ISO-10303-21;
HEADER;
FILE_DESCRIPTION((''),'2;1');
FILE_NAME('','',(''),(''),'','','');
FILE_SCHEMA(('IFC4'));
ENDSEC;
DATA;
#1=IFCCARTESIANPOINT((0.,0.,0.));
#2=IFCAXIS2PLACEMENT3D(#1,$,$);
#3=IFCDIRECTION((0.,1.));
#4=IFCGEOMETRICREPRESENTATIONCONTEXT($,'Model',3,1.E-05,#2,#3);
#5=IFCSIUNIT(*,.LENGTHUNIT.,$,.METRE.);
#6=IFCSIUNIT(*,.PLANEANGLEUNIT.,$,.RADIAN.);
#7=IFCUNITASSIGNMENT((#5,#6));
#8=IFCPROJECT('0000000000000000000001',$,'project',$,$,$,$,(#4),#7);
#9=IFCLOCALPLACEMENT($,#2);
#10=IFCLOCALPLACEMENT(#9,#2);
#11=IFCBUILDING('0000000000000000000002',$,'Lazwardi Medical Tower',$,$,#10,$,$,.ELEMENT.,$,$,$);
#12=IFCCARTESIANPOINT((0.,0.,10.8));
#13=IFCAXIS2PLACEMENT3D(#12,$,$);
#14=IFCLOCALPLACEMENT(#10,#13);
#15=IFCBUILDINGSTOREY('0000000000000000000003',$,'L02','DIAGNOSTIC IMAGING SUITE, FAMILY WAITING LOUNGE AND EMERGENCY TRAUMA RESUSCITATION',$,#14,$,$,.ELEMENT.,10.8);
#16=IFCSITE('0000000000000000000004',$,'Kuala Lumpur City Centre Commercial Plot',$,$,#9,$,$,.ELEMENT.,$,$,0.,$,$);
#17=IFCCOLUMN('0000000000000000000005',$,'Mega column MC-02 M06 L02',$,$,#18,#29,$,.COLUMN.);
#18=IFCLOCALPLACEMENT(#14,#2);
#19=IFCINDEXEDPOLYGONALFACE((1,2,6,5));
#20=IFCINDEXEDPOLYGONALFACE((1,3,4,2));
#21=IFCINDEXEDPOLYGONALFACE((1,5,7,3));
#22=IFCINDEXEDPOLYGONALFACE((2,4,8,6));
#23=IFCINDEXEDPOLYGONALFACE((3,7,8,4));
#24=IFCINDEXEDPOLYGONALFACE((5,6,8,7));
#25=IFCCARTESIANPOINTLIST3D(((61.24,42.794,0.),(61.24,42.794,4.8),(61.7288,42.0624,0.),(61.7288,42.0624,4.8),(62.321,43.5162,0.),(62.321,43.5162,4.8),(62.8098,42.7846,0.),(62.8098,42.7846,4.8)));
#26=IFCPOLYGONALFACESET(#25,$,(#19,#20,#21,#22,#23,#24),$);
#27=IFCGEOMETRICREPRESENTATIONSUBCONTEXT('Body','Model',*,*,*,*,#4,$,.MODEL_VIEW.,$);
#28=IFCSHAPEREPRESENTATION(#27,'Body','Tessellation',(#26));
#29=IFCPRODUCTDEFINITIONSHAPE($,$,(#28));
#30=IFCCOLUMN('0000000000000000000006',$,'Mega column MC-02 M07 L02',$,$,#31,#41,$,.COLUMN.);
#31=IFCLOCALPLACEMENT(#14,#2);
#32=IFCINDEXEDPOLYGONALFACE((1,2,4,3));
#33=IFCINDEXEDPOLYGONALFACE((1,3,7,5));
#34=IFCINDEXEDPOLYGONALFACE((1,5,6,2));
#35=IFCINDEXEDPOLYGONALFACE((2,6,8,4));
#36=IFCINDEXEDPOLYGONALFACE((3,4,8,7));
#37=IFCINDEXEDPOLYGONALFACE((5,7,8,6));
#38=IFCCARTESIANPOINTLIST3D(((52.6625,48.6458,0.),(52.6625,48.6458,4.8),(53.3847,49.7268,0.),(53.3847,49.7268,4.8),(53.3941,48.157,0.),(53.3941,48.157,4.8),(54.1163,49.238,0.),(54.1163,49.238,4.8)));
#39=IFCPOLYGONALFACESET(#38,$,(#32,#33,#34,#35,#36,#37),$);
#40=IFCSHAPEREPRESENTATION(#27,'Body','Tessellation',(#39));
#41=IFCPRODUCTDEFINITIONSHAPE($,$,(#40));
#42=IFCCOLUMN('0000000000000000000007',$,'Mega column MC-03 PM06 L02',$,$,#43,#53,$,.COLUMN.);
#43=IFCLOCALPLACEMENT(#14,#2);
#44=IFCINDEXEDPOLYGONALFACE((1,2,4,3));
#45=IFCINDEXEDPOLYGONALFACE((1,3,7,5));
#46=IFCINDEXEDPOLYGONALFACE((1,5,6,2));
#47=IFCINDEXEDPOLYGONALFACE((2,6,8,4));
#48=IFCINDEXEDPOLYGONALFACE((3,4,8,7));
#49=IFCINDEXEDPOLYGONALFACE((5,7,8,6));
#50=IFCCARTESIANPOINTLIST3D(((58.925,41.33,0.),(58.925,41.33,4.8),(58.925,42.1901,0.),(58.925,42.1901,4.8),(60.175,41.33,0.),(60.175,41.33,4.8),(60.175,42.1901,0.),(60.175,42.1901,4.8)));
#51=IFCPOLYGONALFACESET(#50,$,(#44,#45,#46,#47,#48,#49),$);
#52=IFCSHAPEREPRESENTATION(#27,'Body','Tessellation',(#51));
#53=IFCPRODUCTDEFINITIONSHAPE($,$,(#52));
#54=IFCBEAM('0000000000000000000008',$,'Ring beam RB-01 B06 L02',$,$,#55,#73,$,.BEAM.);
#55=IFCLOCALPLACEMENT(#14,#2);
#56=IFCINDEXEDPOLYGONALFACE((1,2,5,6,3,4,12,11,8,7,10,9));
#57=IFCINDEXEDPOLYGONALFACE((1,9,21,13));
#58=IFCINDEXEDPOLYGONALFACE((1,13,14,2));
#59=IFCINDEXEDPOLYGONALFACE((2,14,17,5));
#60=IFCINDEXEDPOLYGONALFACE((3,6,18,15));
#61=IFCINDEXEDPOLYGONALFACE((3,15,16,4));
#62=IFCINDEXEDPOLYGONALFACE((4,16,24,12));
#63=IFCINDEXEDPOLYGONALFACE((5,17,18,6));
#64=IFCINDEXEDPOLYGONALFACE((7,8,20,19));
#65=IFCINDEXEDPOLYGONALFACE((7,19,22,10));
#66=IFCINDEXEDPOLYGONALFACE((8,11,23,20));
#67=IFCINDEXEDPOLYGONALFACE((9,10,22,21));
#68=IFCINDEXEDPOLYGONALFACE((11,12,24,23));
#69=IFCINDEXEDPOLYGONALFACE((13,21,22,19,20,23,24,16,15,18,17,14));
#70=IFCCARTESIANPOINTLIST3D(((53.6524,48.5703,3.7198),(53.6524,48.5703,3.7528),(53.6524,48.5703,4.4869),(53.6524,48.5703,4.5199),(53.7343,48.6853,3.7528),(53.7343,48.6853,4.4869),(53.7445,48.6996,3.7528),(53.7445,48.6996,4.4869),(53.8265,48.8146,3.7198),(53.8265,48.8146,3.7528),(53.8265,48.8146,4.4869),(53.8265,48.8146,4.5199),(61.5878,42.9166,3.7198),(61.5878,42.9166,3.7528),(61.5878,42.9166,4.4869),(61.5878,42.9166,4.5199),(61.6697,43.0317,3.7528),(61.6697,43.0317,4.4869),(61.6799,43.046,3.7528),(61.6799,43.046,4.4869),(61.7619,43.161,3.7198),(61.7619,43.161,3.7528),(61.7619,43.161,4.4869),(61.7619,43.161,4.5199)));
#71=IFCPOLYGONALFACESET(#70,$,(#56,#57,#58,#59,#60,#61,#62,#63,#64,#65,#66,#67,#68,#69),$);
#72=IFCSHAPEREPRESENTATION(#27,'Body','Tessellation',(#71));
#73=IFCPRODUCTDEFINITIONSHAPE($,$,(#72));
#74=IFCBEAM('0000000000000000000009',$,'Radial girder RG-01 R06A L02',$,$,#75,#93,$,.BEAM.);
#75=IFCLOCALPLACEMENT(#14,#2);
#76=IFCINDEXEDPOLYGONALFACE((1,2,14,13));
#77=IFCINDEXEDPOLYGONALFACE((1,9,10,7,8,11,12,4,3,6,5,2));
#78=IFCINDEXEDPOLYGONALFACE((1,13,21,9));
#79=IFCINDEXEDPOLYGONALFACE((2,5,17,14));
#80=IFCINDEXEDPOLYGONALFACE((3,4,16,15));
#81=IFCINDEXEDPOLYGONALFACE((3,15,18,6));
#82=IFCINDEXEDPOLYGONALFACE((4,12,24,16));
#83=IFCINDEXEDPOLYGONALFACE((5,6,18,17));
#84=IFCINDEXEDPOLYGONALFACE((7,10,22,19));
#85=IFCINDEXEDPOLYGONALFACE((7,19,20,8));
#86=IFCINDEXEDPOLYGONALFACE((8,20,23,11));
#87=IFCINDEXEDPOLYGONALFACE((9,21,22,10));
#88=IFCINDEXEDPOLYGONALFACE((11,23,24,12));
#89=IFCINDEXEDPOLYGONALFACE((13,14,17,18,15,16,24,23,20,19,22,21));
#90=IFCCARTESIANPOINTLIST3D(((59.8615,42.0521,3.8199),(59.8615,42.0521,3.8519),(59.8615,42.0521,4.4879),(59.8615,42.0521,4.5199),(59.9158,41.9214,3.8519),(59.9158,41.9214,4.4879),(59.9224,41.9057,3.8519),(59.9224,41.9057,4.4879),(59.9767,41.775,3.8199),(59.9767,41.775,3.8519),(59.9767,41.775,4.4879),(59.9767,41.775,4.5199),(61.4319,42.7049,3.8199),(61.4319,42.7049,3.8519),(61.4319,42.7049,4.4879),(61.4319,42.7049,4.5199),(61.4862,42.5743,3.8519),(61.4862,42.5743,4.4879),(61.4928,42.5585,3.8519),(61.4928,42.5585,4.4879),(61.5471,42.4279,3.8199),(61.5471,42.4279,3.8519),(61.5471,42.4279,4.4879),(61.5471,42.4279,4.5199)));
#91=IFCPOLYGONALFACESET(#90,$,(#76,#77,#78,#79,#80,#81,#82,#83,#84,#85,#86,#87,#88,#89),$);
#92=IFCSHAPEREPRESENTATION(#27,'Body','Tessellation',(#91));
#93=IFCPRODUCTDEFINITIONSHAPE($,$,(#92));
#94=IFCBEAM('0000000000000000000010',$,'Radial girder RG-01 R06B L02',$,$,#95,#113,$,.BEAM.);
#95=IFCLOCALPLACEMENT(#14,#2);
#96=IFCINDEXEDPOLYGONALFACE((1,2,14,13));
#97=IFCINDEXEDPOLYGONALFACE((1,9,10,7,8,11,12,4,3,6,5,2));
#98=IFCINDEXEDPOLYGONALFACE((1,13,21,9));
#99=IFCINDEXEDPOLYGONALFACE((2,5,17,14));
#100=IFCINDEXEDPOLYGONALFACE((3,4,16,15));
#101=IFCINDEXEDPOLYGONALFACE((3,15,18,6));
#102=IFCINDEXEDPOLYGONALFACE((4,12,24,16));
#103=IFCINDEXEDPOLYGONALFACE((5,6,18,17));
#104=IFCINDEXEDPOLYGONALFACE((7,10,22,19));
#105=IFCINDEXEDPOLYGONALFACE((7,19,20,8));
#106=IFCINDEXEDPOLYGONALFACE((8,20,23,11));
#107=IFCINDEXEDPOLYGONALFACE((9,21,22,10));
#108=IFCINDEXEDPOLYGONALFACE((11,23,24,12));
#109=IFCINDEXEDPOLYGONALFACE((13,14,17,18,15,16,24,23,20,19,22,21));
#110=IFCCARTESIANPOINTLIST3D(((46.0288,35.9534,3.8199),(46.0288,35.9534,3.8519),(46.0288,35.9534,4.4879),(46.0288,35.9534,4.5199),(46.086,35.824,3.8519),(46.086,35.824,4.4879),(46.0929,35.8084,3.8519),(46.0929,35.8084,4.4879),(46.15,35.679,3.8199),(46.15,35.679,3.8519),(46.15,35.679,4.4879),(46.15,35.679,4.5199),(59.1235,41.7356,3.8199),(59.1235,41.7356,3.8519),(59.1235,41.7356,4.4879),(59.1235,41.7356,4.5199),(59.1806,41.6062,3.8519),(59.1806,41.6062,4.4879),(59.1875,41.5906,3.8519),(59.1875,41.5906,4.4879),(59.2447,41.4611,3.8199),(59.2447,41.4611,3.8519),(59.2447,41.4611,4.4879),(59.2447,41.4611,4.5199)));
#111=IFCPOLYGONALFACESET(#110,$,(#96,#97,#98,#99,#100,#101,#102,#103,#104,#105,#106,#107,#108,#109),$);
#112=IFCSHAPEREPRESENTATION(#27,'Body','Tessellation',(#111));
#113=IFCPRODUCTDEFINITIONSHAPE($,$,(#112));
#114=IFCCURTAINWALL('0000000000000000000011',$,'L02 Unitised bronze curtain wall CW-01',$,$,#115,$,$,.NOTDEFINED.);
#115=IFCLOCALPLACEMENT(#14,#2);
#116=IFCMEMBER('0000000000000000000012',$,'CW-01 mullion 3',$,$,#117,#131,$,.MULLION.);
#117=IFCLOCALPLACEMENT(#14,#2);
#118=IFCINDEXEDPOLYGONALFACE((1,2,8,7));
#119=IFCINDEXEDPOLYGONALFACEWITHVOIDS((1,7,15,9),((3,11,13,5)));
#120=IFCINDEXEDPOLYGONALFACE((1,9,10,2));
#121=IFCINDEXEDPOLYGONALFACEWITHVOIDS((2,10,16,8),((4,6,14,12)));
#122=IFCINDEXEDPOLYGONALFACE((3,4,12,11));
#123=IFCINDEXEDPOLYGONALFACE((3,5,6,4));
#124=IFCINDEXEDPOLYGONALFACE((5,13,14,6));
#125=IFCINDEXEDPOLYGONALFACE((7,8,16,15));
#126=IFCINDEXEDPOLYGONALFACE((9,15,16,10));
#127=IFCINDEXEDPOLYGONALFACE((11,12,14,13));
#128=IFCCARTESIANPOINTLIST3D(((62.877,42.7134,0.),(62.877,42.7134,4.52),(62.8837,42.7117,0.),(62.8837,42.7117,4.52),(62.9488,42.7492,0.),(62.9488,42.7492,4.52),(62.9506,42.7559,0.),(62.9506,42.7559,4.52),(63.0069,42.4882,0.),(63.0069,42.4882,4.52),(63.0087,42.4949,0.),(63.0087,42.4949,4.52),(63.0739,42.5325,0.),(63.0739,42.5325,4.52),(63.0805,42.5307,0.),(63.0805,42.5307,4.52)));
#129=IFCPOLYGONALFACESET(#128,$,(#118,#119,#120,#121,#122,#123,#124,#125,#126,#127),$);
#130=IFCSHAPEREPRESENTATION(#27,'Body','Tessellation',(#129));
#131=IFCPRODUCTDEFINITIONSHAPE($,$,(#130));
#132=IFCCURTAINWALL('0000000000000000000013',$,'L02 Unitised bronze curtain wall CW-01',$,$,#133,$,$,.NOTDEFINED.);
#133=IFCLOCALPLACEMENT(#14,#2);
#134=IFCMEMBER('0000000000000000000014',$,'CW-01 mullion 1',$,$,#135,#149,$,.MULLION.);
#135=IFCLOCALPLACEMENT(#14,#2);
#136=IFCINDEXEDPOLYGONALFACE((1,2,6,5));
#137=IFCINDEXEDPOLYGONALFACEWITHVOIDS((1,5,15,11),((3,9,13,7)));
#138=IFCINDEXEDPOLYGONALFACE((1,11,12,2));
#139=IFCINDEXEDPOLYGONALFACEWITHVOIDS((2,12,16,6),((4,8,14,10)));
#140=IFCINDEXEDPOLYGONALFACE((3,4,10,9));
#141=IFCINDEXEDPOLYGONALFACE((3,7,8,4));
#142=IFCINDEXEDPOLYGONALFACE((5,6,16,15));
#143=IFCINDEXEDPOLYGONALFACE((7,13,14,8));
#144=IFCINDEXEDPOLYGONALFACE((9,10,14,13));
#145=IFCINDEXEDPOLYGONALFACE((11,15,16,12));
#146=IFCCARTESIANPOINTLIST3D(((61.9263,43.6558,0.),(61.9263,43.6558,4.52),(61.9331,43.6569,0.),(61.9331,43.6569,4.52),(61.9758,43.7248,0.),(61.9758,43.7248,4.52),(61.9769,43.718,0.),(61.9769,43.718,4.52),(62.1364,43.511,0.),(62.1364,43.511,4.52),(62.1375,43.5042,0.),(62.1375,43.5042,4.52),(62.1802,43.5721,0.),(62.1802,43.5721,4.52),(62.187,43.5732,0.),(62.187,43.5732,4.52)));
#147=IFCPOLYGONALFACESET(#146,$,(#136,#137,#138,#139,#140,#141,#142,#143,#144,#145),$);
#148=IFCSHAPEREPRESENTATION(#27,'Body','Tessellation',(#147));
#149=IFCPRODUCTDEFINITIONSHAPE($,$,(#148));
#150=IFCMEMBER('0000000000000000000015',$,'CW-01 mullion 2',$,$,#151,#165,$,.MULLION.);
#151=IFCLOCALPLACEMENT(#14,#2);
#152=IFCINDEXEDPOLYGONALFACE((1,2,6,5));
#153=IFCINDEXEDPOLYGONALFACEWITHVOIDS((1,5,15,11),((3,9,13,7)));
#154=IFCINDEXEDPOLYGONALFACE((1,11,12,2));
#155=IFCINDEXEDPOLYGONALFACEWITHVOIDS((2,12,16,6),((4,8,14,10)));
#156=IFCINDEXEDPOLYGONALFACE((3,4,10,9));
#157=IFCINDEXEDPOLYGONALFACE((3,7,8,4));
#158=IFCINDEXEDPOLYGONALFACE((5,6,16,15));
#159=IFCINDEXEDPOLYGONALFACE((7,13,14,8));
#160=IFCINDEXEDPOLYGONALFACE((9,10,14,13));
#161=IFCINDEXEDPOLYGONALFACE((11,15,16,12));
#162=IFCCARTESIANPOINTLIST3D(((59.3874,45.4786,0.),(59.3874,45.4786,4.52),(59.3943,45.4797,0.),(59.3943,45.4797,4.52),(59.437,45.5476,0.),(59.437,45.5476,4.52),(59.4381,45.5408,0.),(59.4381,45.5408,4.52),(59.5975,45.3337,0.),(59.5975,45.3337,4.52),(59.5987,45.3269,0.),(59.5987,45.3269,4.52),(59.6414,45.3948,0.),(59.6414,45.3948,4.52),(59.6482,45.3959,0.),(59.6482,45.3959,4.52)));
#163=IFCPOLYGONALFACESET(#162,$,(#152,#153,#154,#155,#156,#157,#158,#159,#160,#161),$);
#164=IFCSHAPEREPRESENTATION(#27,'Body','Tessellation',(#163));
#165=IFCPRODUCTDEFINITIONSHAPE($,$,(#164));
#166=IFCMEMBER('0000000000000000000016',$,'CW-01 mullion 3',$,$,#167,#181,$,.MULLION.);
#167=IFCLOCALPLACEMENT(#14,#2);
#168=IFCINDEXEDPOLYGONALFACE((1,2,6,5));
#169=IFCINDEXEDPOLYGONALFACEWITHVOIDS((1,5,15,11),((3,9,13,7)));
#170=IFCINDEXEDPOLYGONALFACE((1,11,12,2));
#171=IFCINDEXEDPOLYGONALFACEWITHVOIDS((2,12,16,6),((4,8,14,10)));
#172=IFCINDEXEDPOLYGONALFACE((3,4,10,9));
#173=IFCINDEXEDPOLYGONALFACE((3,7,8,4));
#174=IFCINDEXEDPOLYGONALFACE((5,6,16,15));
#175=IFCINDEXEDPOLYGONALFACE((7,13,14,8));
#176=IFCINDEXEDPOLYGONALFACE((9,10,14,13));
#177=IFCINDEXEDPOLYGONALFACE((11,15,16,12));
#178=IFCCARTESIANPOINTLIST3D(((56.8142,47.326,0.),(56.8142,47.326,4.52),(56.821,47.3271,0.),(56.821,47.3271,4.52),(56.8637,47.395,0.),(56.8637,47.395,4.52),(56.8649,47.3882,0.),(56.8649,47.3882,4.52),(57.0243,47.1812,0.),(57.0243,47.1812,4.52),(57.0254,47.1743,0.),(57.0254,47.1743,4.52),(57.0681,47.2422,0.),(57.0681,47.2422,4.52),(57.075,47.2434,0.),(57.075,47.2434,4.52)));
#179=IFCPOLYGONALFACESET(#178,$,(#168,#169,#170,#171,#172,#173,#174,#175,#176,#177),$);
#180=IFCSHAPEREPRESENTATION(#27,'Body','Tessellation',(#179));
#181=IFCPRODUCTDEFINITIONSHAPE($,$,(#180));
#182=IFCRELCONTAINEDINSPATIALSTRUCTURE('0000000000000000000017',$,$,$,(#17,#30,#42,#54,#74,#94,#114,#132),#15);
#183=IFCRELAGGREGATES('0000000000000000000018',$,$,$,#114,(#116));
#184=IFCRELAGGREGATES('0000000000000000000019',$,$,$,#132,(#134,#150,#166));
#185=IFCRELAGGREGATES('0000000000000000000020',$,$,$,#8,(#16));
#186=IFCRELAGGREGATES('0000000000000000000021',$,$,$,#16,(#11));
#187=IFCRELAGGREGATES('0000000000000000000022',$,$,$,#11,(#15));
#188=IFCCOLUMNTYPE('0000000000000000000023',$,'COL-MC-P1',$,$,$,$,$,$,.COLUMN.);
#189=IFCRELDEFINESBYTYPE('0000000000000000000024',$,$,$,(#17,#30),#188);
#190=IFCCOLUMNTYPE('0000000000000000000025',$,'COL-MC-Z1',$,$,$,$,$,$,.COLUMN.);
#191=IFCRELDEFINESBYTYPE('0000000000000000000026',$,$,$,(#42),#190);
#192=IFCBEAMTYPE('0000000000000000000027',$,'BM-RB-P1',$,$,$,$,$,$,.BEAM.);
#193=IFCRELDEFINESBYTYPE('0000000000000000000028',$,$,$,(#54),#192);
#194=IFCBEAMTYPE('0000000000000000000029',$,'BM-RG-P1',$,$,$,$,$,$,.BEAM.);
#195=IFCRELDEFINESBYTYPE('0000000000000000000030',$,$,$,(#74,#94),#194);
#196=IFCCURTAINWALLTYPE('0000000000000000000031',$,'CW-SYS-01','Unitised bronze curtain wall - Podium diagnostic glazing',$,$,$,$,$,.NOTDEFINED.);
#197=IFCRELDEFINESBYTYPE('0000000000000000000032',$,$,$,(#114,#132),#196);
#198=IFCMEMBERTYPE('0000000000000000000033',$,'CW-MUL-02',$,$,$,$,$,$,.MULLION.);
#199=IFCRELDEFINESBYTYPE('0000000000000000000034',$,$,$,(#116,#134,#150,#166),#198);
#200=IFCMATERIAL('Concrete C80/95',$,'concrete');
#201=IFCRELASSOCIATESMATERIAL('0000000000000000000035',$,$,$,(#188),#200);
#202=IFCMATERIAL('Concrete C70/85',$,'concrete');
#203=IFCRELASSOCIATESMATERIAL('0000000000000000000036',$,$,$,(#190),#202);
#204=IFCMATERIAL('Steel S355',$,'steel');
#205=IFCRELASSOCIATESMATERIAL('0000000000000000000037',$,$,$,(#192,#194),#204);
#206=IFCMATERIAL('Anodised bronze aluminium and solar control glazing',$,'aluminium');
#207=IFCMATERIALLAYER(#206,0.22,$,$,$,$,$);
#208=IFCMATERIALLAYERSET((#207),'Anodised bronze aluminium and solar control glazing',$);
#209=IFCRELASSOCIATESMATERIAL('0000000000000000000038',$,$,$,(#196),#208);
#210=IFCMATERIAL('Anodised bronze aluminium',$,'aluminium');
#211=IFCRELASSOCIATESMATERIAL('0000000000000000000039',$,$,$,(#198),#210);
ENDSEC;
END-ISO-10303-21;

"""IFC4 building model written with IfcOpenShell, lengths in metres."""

from ifc_helpers import new_model, si_unit, direction, frame, origin, origin_2d, place, context, subcontext, project, spatial, rectangle, hollow_rectangle, i_section, extrude, material, layer, layer_set, material_profile, profile_set, type_object, element, aggregate, save


model = new_model("IFC4")

# Units and contexts
model_context = context("Model", 3, precision=1e-05, world=origin(), true_north=direction((0.0, 1.0)))
body_context = subcontext(model_context, "Body", "Model", "MODEL_VIEW")
ifc_project = project(units=[si_unit("LENGTHUNIT", "METRE"), si_unit("PLANEANGLEUNIT", "RADIAN")], contexts=[model_context])

# Site, building, storey
site_placement = place(None, origin())
site = spatial("IfcSite", under=ifc_project, at=site_placement, Name="Kuala Lumpur City Centre Commercial Plot", CompositionType="ELEMENT", RefElevation=0.0)
building_placement = place(site_placement, origin())
building = spatial("IfcBuilding", under=site, at=building_placement, Name="Lazwardi Medical Tower", CompositionType="ELEMENT")
storey_placement = place(building_placement, frame((0.0, 0.0, 10.8)))
storey = spatial("IfcBuildingStorey", under=building, at=storey_placement, Name="L02", Description="DIAGNOSTIC IMAGING SUITE, FAMILY WAITING LOUNGE AND EMERGENCY TRAUMA RESUSCITATION", CompositionType="ELEMENT", Elevation=10.8)

# Columns
ifc_material_1 = material(Name="Concrete C80/95", Category="concrete")
ifc_material_profile_1 = material_profile(ifc_material_1, rectangle(XDim=1.3, YDim=0.8799, at=origin_2d()), Name="CFT-RECT 1300x880")
ifc_profile_set_1 = profile_set([ifc_material_profile_1], Name="Concrete C80/95")
column_type_1 = type_object("IfcColumnType", Name="COL-MC-P1", PredefinedType="COLUMN", material=ifc_profile_set_1)
for number, where, z_axis, x_axis, name in (
    (1, (62.0249, 42.7893, 0.0), (0.0, 0.0, 1.0), (0.83147, 0.55557, 0.0), "Mega column MC-02 M06 L02"),
    (2, (53.3894, 48.9419, 0.0), (0.0, 0.0, 1.0), (0.55557, 0.83147, 0.0), "Mega column MC-02 M07 L02"),
):
    element("IfcColumn", number, at=place(storey_placement, frame(where, z_axis=z_axis, x_axis=x_axis)), inside=storey, type_object=column_type_1, Name=name, PredefinedType="COLUMN", context=body_context, shape_type="SweptSolid", body=[
        extrude(rectangle(XDim=1.3, YDim=0.8799, at=origin_2d()), origin(), (0.0, 0.0, 1.0), 4.8),
    ])
ifc_material_2 = material(Name="Concrete C70/85", Category="concrete")
ifc_material_profile_2 = material_profile(ifc_material_2, rectangle(XDim=1.25, YDim=0.8601, at=origin_2d()), Name="CFT-RECT 1250x860")
ifc_profile_set_2 = profile_set([ifc_material_profile_2], Name="Concrete C70/85")
column_type_2 = type_object("IfcColumnType", Name="COL-MC-Z1", PredefinedType="COLUMN", material=ifc_profile_set_2)
column_placement = place(storey_placement, frame((59.55, 41.76, 0.0), z_axis=(0.0, 0.0, 1.0), x_axis=(1.0, 0.0, 0.0)))
element("IfcColumn", 3, at=column_placement, inside=storey, type_object=column_type_2, Name="Mega column MC-03 PM06 L02", PredefinedType="COLUMN", context=body_context, shape_type="SweptSolid", body=[
    extrude(rectangle(XDim=1.25, YDim=0.8601, at=origin_2d()), origin(), (0.0, 0.0, 1.0), 4.8),
])

# Beams
ifc_material_3 = material(Name="Steel S355", Category="steel")
ifc_material_profile_3 = material_profile(ifc_material_3, i_section(OverallWidth=0.3, OverallDepth=0.8, WebThickness=0.0176, FlangeThickness=0.033, at=origin_2d()), Name="HEB 800")
ifc_profile_set_3 = profile_set([ifc_material_profile_3], Name="Steel S355")
beam_type_1 = type_object("IfcBeamType", Name="BM-RB-P1", PredefinedType="BEAM", material=ifc_profile_set_3)
beam_1_placement = place(storey_placement, frame((61.6748, 43.0388, 4.1199), z_axis=(-0.814437, 0.580252, 0.0), x_axis=(-0.580252, -0.814437, 0.0)))
element("IfcBeam", 4, at=beam_1_placement, inside=storey, type_object=beam_type_1, Name="Ring beam RB-01 B06 L02", PredefinedType="BEAM", context=body_context, shape_type="SweptSolid", body=[
    extrude(i_section(OverallWidth=0.3, OverallDepth=0.8, WebThickness=0.0176, FlangeThickness=0.033, at=origin_2d()), origin(), (0.0, 0.0, 1.0), 9.7434),
])
ifc_material_profile_4 = material_profile(ifc_material_3, i_section(OverallWidth=0.3, OverallDepth=0.7, WebThickness=0.0171, FlangeThickness=0.032, at=origin_2d()), Name="HEB 700")
ifc_profile_set_4 = profile_set([ifc_material_profile_4], Name="Steel S355")
beam_type_2 = type_object("IfcBeamType", Name="BM-RG-P1", PredefinedType="BEAM", material=ifc_profile_set_4)
beam_2_placement = place(storey_placement, frame((61.4895, 42.5664, 4.1699), z_axis=(-0.923382, -0.383881, 0.0), x_axis=(0.383881, -0.923382, 0.0)))
element("IfcBeam", 5, at=beam_2_placement, inside=storey, type_object=beam_type_2, Name="Radial girder RG-01 R06A L02", PredefinedType="BEAM", context=body_context, shape_type="SweptSolid", body=[
    extrude(i_section(OverallWidth=0.3, OverallDepth=0.7, WebThickness=0.0171, FlangeThickness=0.032, at=origin_2d()), origin(), (0.0, 0.0, 1.0), 1.7007),
])
beam_3_placement = place(storey_placement, frame((59.1841, 41.5984, 4.1699), z_axis=(-0.914785, -0.403941, 0.0), x_axis=(0.403941, -0.914785, 0.0)))
element("IfcBeam", 6, at=beam_3_placement, inside=storey, type_object=beam_type_2, Name="Radial girder RG-01 R06B L02", PredefinedType="BEAM", context=body_context, shape_type="SweptSolid", body=[
    extrude(i_section(OverallWidth=0.3, OverallDepth=0.7, WebThickness=0.0171, FlangeThickness=0.032, at=origin_2d()), origin(), (0.0, 0.0, 1.0), 14.3145),
])

# Curtain wall, member
ifc_material_4 = material(Name="Anodised bronze aluminium and solar control glazing", Category="aluminium")
ifc_layer_1 = layer(ifc_material_4, 0.22)
ifc_layer_set_1 = layer_set([ifc_layer_1], Name="Anodised bronze aluminium and solar control glazing")
curtain_wall_type = type_object("IfcCurtainWallType", Name="CW-SYS-01", Description="Unitised bronze curtain wall - Podium diagnostic glazing", PredefinedType="NOTDEFINED", material=ifc_layer_set_1)
curtain_wall_1_placement = place(storey_placement, origin())
curtain_wall_1 = element("IfcCurtainWall", 7, at=curtain_wall_1_placement, inside=storey, type_object=curtain_wall_type, Name="L02 Unitised bronze curtain wall CW-01", PredefinedType="NOTDEFINED")
ifc_material_5 = material(Name="Anodised bronze aluminium", Category="aluminium")
ifc_material_profile_5 = material_profile(ifc_material_5, hollow_rectangle(XDim=0.085, YDim=0.26, WallThickness=0.0049, at=origin_2d()), Name="ALU-MULLION 260x85x5")
ifc_profile_set_5 = profile_set([ifc_material_profile_5], Name="Anodised bronze aluminium")
member_type_1 = type_object("IfcMemberType", Name="CW-MUL-02", PredefinedType="MULLION", material=ifc_profile_set_5)
member_1_placement = place(storey_placement, frame((62.9788, 42.6221, 0.0), z_axis=(0.0, 0.0, 1.0), x_axis=(-0.866181, -0.499731, 0.0)))
member_1 = element("IfcMember", 8, at=member_1_placement, type_object=member_type_1, Name="CW-01 mullion 3", PredefinedType="MULLION", context=body_context, shape_type="SweptSolid", body=[
    extrude(hollow_rectangle(XDim=0.085, YDim=0.26, WallThickness=0.0049, at=origin_2d()), origin(), (0.0, 0.0, 1.0), 4.52),
])

# Curtain wall, members
curtain_wall_2_placement = place(storey_placement, origin())
curtain_wall_2 = element("IfcCurtainWall", 9, at=curtain_wall_2_placement, inside=storey, type_object=curtain_wall_type, Name="L02 Unitised bronze curtain wall CW-01", PredefinedType="NOTDEFINED")
member_2_placement = place(storey_placement, frame((62.0566, 43.6145, 0.0), z_axis=(0.0, 0.0, 1.0), x_axis=(-0.583214, -0.812318, 0.0)))
member_2 = element("IfcMember", 10, at=member_2_placement, type_object=member_type_1, Name="CW-01 mullion 1", PredefinedType="MULLION", context=body_context, shape_type="SweptSolid", body=[
    extrude(hollow_rectangle(XDim=0.085, YDim=0.26, WallThickness=0.0049, at=origin_2d()), origin(), (0.0, 0.0, 1.0), 4.52),
])
member_3_placement = place(storey_placement, frame((59.5178, 45.4373, 0.0), z_axis=(0.0, 0.0, 1.0), x_axis=(-0.583214, -0.812318, 0.0)))
member_3 = element("IfcMember", 11, at=member_3_placement, type_object=member_type_1, Name="CW-01 mullion 2", PredefinedType="MULLION", context=body_context, shape_type="SweptSolid", body=[
    extrude(hollow_rectangle(XDim=0.085, YDim=0.26, WallThickness=0.0049, at=origin_2d()), origin(), (0.0, 0.0, 1.0), 4.52),
])
member_4_placement = place(storey_placement, frame((56.9446, 47.2847, 0.0), z_axis=(0.0, 0.0, 1.0), x_axis=(-0.583214, -0.812318, 0.0)))
member_4 = element("IfcMember", 12, at=member_4_placement, type_object=member_type_1, Name="CW-01 mullion 3", PredefinedType="MULLION", context=body_context, shape_type="SweptSolid", body=[
    extrude(hollow_rectangle(XDim=0.085, YDim=0.26, WallThickness=0.0049, at=origin_2d()), origin(), (0.0, 0.0, 1.0), 4.52),
])

aggregate(curtain_wall_1, [member_1])
aggregate(curtain_wall_2, [member_2, member_3, member_4])

save(model, "model.ifc")
